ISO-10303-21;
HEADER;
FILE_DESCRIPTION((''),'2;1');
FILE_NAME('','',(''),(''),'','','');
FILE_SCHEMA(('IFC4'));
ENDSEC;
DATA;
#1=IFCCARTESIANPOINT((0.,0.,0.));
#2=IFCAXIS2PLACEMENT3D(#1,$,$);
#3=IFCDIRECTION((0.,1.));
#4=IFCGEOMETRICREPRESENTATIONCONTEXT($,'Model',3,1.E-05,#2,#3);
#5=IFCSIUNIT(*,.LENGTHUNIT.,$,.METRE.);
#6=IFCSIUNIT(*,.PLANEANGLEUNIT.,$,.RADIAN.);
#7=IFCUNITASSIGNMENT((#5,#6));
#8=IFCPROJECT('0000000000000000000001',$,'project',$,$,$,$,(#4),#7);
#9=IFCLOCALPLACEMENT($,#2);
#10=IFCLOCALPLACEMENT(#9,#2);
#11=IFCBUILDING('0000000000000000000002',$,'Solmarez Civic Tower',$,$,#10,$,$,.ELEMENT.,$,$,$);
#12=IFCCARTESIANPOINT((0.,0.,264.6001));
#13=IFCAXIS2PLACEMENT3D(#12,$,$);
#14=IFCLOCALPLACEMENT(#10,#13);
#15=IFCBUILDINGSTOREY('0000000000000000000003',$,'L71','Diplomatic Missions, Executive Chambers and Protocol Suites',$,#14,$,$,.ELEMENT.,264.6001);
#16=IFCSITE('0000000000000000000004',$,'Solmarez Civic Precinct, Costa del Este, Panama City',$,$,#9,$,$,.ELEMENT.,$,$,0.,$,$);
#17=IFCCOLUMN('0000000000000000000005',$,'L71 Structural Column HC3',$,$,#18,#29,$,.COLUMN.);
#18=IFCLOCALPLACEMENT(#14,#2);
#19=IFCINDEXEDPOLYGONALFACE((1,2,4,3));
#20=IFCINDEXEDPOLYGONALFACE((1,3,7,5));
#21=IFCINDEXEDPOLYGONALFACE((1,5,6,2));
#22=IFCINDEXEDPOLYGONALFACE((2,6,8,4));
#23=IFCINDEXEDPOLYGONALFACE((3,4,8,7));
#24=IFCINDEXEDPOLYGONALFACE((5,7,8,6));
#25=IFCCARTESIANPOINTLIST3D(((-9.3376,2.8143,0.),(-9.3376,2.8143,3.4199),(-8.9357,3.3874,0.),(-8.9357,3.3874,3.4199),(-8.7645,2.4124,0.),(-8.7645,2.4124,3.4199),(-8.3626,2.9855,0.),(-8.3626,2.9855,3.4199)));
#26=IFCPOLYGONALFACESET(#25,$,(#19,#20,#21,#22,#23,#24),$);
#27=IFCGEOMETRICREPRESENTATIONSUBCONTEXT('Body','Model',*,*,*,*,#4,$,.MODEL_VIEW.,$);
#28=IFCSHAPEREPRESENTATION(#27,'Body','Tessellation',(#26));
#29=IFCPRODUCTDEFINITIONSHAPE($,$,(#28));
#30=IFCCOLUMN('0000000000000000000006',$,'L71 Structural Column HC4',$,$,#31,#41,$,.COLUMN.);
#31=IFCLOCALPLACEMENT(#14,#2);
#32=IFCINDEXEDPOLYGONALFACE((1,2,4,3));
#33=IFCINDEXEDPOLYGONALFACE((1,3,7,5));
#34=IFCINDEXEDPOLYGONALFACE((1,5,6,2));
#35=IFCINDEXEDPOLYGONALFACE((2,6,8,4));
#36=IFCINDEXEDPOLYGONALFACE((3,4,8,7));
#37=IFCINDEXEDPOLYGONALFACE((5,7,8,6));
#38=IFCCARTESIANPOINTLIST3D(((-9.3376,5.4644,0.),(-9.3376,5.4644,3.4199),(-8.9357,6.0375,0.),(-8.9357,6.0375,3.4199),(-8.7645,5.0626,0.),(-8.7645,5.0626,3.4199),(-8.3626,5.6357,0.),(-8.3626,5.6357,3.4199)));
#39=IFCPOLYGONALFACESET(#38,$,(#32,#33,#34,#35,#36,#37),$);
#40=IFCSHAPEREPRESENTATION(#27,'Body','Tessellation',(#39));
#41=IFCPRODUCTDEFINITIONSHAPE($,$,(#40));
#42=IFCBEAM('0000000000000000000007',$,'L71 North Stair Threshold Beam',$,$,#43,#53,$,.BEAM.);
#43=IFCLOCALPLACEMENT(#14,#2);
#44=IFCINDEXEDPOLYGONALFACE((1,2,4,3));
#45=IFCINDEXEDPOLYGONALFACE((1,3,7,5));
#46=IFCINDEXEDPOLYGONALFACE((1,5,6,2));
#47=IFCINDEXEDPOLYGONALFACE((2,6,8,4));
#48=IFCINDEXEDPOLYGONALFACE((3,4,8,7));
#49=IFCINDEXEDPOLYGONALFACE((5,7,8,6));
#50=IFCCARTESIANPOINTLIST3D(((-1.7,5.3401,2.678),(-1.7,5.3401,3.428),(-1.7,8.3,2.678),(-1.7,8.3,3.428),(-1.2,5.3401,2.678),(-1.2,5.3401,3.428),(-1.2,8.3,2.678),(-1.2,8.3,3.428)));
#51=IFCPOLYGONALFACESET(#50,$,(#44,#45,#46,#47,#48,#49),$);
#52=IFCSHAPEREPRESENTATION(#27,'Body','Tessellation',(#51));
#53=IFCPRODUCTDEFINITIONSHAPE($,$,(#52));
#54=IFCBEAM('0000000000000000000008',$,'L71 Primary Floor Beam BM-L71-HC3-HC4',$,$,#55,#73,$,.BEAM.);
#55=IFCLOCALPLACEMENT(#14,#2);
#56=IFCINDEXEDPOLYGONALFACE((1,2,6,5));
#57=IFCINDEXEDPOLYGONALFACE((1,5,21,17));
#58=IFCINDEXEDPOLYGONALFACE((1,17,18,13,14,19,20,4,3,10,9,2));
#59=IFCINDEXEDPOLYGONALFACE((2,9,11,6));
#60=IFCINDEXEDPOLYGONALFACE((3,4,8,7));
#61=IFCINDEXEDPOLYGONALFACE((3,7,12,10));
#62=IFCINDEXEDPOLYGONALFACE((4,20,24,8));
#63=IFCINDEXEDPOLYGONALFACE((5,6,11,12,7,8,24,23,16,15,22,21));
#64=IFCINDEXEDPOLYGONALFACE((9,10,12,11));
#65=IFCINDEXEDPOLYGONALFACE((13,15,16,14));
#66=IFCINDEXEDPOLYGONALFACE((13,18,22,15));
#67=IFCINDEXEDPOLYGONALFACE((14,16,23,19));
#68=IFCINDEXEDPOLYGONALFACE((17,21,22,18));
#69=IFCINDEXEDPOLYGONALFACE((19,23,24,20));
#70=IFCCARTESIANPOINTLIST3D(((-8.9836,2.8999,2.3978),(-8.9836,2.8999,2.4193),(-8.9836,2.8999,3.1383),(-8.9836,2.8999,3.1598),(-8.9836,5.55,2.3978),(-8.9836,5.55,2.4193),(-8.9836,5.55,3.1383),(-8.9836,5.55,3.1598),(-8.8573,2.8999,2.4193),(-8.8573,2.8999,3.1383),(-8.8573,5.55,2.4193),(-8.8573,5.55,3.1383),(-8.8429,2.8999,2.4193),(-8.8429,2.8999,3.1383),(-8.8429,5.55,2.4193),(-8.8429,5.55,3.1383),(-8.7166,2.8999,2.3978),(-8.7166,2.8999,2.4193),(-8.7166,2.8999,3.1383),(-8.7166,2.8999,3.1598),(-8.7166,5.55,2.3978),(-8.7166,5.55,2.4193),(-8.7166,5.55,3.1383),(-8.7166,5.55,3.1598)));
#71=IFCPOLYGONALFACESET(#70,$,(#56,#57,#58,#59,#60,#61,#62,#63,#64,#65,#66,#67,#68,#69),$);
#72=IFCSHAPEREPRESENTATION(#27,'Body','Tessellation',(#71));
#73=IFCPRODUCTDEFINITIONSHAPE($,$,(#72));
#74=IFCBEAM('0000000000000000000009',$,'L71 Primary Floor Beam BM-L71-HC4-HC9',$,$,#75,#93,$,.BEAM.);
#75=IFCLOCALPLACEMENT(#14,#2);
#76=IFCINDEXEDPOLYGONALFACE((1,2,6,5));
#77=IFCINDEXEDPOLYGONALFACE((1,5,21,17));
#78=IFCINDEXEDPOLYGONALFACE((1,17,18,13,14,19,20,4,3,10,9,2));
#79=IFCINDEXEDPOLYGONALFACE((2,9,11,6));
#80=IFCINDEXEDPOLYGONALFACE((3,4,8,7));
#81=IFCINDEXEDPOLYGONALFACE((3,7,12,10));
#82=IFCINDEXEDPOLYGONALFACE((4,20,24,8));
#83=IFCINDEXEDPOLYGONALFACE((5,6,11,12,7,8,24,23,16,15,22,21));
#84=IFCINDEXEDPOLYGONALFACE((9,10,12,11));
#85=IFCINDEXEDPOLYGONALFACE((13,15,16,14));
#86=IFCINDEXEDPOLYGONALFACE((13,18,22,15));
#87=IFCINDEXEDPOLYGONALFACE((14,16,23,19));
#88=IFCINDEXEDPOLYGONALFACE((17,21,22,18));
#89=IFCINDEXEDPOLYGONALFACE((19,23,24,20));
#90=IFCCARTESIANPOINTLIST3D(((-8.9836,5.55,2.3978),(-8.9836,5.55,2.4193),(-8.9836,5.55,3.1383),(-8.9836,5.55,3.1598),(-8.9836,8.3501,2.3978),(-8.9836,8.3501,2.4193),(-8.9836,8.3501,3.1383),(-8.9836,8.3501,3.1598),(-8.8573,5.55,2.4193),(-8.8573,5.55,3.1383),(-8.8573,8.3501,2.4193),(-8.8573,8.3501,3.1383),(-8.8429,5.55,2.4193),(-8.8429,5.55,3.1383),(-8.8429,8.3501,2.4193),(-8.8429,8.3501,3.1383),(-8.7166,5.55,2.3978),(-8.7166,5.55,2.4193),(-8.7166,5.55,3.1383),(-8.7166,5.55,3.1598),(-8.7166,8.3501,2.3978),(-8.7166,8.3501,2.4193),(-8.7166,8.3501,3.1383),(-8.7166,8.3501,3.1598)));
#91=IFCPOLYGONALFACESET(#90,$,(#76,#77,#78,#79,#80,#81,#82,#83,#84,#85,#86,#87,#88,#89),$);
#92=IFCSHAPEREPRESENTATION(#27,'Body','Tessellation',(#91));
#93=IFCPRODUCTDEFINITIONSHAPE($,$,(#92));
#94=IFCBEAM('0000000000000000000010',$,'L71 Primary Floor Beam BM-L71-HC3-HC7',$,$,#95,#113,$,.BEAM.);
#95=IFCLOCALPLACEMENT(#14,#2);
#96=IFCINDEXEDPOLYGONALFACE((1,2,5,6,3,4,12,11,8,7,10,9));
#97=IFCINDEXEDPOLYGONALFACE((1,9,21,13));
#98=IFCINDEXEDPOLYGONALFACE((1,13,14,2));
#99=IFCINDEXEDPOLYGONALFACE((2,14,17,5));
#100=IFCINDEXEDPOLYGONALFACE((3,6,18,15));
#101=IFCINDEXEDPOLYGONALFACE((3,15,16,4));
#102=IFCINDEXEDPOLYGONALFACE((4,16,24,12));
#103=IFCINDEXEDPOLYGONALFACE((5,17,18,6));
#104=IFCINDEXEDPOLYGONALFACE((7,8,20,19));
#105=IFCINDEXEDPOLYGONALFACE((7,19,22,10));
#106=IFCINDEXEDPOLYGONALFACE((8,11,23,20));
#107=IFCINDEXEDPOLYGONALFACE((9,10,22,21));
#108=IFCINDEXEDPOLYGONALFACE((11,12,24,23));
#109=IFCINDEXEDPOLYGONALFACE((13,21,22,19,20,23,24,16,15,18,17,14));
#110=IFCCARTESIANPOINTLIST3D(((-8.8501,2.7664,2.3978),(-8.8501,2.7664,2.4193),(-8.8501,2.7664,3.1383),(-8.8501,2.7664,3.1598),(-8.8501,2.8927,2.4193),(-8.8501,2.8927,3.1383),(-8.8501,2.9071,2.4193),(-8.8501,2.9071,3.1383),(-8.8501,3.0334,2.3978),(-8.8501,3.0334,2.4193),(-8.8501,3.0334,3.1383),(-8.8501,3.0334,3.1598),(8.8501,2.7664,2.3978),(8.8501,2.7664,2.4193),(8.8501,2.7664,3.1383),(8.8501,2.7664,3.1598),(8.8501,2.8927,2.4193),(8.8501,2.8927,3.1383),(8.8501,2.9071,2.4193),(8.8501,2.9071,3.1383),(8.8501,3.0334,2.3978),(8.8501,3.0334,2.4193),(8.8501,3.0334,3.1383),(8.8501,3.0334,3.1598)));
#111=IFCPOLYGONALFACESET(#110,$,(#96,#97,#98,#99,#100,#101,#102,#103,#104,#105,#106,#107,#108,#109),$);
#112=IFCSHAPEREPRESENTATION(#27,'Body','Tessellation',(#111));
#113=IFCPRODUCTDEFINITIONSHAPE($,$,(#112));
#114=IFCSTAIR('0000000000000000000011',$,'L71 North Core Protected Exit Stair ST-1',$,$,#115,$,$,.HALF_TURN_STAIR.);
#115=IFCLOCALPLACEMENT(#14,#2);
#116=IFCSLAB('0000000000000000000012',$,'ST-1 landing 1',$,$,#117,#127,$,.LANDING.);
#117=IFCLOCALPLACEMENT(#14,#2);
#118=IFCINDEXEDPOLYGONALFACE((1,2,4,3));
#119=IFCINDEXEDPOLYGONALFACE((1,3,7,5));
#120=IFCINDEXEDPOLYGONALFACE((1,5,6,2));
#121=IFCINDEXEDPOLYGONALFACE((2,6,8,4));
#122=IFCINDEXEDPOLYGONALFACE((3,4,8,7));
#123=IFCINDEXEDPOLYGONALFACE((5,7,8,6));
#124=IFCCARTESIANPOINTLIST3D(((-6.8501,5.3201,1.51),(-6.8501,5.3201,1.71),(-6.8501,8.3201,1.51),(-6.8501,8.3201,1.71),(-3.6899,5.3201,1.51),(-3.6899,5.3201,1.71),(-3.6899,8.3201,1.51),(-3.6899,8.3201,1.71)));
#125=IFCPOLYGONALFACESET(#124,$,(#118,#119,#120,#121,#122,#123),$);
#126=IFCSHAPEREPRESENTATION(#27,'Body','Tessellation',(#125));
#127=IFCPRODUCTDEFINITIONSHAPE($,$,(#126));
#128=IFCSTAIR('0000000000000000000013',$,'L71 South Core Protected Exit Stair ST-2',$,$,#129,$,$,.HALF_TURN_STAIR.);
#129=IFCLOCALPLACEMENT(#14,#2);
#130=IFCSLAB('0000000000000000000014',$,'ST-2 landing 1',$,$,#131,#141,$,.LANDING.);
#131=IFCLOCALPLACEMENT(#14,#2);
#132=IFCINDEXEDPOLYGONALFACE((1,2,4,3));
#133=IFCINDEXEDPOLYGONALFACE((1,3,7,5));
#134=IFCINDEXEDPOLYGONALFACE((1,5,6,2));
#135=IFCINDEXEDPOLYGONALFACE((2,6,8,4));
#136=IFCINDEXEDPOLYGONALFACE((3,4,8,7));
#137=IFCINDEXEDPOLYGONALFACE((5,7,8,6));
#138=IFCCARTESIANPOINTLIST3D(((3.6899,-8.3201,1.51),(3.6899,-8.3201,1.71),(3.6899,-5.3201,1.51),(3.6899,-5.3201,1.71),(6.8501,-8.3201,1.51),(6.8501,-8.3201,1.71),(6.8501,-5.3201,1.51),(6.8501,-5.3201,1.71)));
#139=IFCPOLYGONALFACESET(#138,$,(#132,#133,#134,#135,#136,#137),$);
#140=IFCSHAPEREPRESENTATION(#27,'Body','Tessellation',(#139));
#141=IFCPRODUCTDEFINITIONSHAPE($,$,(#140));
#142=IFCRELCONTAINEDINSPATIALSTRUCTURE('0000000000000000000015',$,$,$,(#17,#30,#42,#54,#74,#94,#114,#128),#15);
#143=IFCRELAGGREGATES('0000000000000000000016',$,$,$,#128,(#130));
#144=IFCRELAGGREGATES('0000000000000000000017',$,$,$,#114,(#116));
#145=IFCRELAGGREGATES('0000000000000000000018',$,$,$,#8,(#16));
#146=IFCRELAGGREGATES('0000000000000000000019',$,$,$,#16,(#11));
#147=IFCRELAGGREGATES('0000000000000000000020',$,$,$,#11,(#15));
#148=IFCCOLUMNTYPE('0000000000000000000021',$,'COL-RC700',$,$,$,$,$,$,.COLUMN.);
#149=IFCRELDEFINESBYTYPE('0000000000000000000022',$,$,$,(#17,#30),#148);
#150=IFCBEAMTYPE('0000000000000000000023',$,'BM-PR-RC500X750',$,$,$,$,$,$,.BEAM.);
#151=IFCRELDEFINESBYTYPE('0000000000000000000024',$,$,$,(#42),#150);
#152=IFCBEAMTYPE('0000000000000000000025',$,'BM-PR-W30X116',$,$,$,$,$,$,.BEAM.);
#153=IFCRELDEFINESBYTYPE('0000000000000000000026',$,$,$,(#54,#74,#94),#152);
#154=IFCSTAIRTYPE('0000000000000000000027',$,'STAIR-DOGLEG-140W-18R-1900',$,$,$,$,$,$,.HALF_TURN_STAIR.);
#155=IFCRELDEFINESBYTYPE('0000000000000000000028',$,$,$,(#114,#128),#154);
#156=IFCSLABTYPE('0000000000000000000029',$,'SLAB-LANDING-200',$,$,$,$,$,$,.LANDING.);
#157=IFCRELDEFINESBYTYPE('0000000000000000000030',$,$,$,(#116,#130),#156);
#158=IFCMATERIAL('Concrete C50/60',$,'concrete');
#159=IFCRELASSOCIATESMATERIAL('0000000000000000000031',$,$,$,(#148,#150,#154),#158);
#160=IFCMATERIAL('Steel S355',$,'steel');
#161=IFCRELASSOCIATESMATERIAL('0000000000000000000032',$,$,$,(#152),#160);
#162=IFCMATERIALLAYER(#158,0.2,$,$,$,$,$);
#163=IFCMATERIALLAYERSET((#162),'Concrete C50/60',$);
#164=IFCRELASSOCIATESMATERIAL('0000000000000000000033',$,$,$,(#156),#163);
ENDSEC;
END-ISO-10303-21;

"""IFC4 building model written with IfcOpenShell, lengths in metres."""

from ifc_helpers import new_model, si_unit, direction, frame, origin, origin_2d, place, context, subcontext, project, spatial, polyline, rectangle, i_section, outline, extrude, material, layer, layer_set, material_profile, profile_set, type_object, element, aggregate, save


model = new_model("IFC4")

# Units and contexts
model_context = context("Model", 3, precision=1e-05, world=origin(), true_north=direction((0.0, 1.0)))
body_context = subcontext(model_context, "Body", "Model", "MODEL_VIEW")
ifc_project = project(units=[si_unit("LENGTHUNIT", "METRE"), si_unit("PLANEANGLEUNIT", "RADIAN")], contexts=[model_context])

# Site, building, storey
site_placement = place(None, origin())
site = spatial("IfcSite", under=ifc_project, at=site_placement, Name="Solmarez Civic Precinct, Costa del Este, Panama City", CompositionType="ELEMENT", RefElevation=0.0)
building_placement = place(site_placement, origin())
building = spatial("IfcBuilding", under=site, at=building_placement, Name="Solmarez Civic Tower", CompositionType="ELEMENT")
storey_placement = place(building_placement, frame((0.0, 0.0, 264.6001)))
storey = spatial("IfcBuildingStorey", under=building, at=storey_placement, Name="L71", Description="Diplomatic Missions, Executive Chambers and Protocol Suites", CompositionType="ELEMENT", Elevation=264.6001)

# Columns
ifc_material_1 = material(Name="Concrete C50/60", Category="concrete")
ifc_material_profile_1 = material_profile(ifc_material_1, rectangle(XDim=0.7, YDim=0.7, at=origin_2d()), Name="RC700X700")
ifc_profile_set_1 = profile_set([ifc_material_profile_1], Name="Concrete C50/60")
column_type = type_object("IfcColumnType", Name="COL-RC700", PredefinedType="COLUMN", material=ifc_profile_set_1)
for number, where, z_axis, x_axis, name in (
    (1, (-8.8501, 2.8999, 0.0), (0.0, 0.0, 1.0), (0.574148, 0.818751, 0.0), "L71 Structural Column HC3"),
    (2, (-8.8501, 5.55, 0.0), (0.0, 0.0, 1.0), (0.574148, 0.818751, 0.0), "L71 Structural Column HC4"),
):
    element("IfcColumn", number, at=place(storey_placement, frame(where, z_axis=z_axis, x_axis=x_axis)), inside=storey, type_object=column_type, Name=name, PredefinedType="COLUMN", context=body_context, shape_type="SweptSolid", body=[
        extrude(rectangle(XDim=0.7, YDim=0.7, at=origin_2d()), origin(), (0.0, 0.0, 1.0), 3.4199),
    ])

# Beams
ifc_material_profile_2 = material_profile(ifc_material_1, rectangle(XDim=0.5, YDim=0.75, at=origin_2d()), Name="RC500X750")
ifc_profile_set_2 = profile_set([ifc_material_profile_2], Name="Concrete C50/60")
beam_type_1 = type_object("IfcBeamType", Name="BM-PR-RC500X750", PredefinedType="BEAM", material=ifc_profile_set_2)
beam_1_placement = place(storey_placement, frame((-1.45, 5.3401, 3.053), z_axis=(0.0, 1.0, 0.0), x_axis=(-1.0, 0.0, 0.0)))
element("IfcBeam", 3, at=beam_1_placement, inside=storey, type_object=beam_type_1, Name="L71 North Stair Threshold Beam", PredefinedType="BEAM", context=body_context, shape_type="SweptSolid", body=[
    extrude(rectangle(XDim=0.5, YDim=0.75, at=origin_2d()), origin(), (0.0, 0.0, 1.0), 2.96),
])
ifc_material_2 = material(Name="Steel S355", Category="steel")
ifc_material_profile_3 = material_profile(ifc_material_2, i_section(OverallWidth=0.2671, OverallDepth=0.762, WebThickness=0.0144, FlangeThickness=0.0215, at=origin_2d()), Name="W30X116")
ifc_profile_set_3 = profile_set([ifc_material_profile_3], Name="Steel S355")
beam_type_2 = type_object("IfcBeamType", Name="BM-PR-W30X116", PredefinedType="BEAM", material=ifc_profile_set_3)
beam_2_placement = place(storey_placement, frame((-8.8501, 2.8999, 2.7788), z_axis=(0.0, 1.0, 0.0), x_axis=(-1.0, 0.0, 0.0)))
element("IfcBeam", 4, at=beam_2_placement, inside=storey, type_object=beam_type_2, Name="L71 Primary Floor Beam BM-L71-HC3-HC4", PredefinedType="BEAM", context=body_context, shape_type="SweptSolid", body=[
    extrude(i_section(OverallWidth=0.2671, OverallDepth=0.762, WebThickness=0.0144, FlangeThickness=0.0215, at=origin_2d()), origin(), (0.0, 0.0, 1.0), 2.6501),
])
beam_3_placement = place(storey_placement, frame((-8.8501, 5.55, 2.7788), z_axis=(0.0, 1.0, 0.0), x_axis=(-1.0, 0.0, 0.0)))
element("IfcBeam", 5, at=beam_3_placement, inside=storey, type_object=beam_type_2, Name="L71 Primary Floor Beam BM-L71-HC4-HC9", PredefinedType="BEAM", context=body_context, shape_type="SweptSolid", body=[
    extrude(i_section(OverallWidth=0.2671, OverallDepth=0.762, WebThickness=0.0144, FlangeThickness=0.0215, at=origin_2d()), origin(), (0.0, 0.0, 1.0), 2.8),
])
beam_4_placement = place(storey_placement, frame((-8.8501, 2.8999, 2.7788), z_axis=(1.0, 0.0, 0.0), x_axis=(0.0, 1.0, 0.0)))
element("IfcBeam", 6, at=beam_4_placement, inside=storey, type_object=beam_type_2, Name="L71 Primary Floor Beam BM-L71-HC3-HC7", PredefinedType="BEAM", context=body_context, shape_type="SweptSolid", body=[
    extrude(i_section(OverallWidth=0.2671, OverallDepth=0.762, WebThickness=0.0144, FlangeThickness=0.0215, at=origin_2d()), origin(), (0.0, 0.0, 1.0), 17.7002),
])

# Stairs, slabs
stair_type = type_object("IfcStairType", Name="STAIR-DOGLEG-140W-18R-1900", PredefinedType="HALF_TURN_STAIR", material=ifc_material_1)
stair_1_placement = place(storey_placement, origin())
stair_1 = element("IfcStair", 7, at=stair_1_placement, inside=storey, type_object=stair_type, Name="L71 North Core Protected Exit Stair ST-1", PredefinedType="HALF_TURN_STAIR")
ifc_layer_1 = layer(ifc_material_1, 0.2)
ifc_layer_set_1 = layer_set([ifc_layer_1], Name="Concrete C50/60")
slab_type_1 = type_object("IfcSlabType", Name="SLAB-LANDING-200", PredefinedType="LANDING", material=ifc_layer_set_1)
slab_1_placement = place(storey_placement, frame((0.0, 0.0, 1.51)))
slab_1 = element("IfcSlab", 8, at=slab_1_placement, type_object=slab_type_1, Name="ST-1 landing 1", PredefinedType="LANDING", context=body_context, shape_type="SweptSolid", body=[
    extrude(outline(polyline([(-3.6899, 8.3201), (-6.8501, 8.3201), (-6.8501, 5.3201), (-3.6899, 5.3201), (-3.6899, 8.3201)])), origin(), (0.0, 0.0, 1.0), 0.2),
])
stair_2_placement = place(storey_placement, origin())
stair_2 = element("IfcStair", 9, at=stair_2_placement, inside=storey, type_object=stair_type, Name="L71 South Core Protected Exit Stair ST-2", PredefinedType="HALF_TURN_STAIR")
slab_2_placement = place(storey_placement, frame((0.0, 0.0, 1.51)))
slab_2 = element("IfcSlab", 10, at=slab_2_placement, type_object=slab_type_1, Name="ST-2 landing 1", PredefinedType="LANDING", context=body_context, shape_type="SweptSolid", body=[
    extrude(outline(polyline([(3.6899, -8.3201), (6.8501, -8.3201), (6.8501, -5.3201), (3.6899, -5.3201), (3.6899, -8.3201)])), origin(), (0.0, 0.0, 1.0), 0.2),
])
aggregate(stair_2, [slab_2])

aggregate(stair_1, [slab_1])

save(model, "model.ifc")
